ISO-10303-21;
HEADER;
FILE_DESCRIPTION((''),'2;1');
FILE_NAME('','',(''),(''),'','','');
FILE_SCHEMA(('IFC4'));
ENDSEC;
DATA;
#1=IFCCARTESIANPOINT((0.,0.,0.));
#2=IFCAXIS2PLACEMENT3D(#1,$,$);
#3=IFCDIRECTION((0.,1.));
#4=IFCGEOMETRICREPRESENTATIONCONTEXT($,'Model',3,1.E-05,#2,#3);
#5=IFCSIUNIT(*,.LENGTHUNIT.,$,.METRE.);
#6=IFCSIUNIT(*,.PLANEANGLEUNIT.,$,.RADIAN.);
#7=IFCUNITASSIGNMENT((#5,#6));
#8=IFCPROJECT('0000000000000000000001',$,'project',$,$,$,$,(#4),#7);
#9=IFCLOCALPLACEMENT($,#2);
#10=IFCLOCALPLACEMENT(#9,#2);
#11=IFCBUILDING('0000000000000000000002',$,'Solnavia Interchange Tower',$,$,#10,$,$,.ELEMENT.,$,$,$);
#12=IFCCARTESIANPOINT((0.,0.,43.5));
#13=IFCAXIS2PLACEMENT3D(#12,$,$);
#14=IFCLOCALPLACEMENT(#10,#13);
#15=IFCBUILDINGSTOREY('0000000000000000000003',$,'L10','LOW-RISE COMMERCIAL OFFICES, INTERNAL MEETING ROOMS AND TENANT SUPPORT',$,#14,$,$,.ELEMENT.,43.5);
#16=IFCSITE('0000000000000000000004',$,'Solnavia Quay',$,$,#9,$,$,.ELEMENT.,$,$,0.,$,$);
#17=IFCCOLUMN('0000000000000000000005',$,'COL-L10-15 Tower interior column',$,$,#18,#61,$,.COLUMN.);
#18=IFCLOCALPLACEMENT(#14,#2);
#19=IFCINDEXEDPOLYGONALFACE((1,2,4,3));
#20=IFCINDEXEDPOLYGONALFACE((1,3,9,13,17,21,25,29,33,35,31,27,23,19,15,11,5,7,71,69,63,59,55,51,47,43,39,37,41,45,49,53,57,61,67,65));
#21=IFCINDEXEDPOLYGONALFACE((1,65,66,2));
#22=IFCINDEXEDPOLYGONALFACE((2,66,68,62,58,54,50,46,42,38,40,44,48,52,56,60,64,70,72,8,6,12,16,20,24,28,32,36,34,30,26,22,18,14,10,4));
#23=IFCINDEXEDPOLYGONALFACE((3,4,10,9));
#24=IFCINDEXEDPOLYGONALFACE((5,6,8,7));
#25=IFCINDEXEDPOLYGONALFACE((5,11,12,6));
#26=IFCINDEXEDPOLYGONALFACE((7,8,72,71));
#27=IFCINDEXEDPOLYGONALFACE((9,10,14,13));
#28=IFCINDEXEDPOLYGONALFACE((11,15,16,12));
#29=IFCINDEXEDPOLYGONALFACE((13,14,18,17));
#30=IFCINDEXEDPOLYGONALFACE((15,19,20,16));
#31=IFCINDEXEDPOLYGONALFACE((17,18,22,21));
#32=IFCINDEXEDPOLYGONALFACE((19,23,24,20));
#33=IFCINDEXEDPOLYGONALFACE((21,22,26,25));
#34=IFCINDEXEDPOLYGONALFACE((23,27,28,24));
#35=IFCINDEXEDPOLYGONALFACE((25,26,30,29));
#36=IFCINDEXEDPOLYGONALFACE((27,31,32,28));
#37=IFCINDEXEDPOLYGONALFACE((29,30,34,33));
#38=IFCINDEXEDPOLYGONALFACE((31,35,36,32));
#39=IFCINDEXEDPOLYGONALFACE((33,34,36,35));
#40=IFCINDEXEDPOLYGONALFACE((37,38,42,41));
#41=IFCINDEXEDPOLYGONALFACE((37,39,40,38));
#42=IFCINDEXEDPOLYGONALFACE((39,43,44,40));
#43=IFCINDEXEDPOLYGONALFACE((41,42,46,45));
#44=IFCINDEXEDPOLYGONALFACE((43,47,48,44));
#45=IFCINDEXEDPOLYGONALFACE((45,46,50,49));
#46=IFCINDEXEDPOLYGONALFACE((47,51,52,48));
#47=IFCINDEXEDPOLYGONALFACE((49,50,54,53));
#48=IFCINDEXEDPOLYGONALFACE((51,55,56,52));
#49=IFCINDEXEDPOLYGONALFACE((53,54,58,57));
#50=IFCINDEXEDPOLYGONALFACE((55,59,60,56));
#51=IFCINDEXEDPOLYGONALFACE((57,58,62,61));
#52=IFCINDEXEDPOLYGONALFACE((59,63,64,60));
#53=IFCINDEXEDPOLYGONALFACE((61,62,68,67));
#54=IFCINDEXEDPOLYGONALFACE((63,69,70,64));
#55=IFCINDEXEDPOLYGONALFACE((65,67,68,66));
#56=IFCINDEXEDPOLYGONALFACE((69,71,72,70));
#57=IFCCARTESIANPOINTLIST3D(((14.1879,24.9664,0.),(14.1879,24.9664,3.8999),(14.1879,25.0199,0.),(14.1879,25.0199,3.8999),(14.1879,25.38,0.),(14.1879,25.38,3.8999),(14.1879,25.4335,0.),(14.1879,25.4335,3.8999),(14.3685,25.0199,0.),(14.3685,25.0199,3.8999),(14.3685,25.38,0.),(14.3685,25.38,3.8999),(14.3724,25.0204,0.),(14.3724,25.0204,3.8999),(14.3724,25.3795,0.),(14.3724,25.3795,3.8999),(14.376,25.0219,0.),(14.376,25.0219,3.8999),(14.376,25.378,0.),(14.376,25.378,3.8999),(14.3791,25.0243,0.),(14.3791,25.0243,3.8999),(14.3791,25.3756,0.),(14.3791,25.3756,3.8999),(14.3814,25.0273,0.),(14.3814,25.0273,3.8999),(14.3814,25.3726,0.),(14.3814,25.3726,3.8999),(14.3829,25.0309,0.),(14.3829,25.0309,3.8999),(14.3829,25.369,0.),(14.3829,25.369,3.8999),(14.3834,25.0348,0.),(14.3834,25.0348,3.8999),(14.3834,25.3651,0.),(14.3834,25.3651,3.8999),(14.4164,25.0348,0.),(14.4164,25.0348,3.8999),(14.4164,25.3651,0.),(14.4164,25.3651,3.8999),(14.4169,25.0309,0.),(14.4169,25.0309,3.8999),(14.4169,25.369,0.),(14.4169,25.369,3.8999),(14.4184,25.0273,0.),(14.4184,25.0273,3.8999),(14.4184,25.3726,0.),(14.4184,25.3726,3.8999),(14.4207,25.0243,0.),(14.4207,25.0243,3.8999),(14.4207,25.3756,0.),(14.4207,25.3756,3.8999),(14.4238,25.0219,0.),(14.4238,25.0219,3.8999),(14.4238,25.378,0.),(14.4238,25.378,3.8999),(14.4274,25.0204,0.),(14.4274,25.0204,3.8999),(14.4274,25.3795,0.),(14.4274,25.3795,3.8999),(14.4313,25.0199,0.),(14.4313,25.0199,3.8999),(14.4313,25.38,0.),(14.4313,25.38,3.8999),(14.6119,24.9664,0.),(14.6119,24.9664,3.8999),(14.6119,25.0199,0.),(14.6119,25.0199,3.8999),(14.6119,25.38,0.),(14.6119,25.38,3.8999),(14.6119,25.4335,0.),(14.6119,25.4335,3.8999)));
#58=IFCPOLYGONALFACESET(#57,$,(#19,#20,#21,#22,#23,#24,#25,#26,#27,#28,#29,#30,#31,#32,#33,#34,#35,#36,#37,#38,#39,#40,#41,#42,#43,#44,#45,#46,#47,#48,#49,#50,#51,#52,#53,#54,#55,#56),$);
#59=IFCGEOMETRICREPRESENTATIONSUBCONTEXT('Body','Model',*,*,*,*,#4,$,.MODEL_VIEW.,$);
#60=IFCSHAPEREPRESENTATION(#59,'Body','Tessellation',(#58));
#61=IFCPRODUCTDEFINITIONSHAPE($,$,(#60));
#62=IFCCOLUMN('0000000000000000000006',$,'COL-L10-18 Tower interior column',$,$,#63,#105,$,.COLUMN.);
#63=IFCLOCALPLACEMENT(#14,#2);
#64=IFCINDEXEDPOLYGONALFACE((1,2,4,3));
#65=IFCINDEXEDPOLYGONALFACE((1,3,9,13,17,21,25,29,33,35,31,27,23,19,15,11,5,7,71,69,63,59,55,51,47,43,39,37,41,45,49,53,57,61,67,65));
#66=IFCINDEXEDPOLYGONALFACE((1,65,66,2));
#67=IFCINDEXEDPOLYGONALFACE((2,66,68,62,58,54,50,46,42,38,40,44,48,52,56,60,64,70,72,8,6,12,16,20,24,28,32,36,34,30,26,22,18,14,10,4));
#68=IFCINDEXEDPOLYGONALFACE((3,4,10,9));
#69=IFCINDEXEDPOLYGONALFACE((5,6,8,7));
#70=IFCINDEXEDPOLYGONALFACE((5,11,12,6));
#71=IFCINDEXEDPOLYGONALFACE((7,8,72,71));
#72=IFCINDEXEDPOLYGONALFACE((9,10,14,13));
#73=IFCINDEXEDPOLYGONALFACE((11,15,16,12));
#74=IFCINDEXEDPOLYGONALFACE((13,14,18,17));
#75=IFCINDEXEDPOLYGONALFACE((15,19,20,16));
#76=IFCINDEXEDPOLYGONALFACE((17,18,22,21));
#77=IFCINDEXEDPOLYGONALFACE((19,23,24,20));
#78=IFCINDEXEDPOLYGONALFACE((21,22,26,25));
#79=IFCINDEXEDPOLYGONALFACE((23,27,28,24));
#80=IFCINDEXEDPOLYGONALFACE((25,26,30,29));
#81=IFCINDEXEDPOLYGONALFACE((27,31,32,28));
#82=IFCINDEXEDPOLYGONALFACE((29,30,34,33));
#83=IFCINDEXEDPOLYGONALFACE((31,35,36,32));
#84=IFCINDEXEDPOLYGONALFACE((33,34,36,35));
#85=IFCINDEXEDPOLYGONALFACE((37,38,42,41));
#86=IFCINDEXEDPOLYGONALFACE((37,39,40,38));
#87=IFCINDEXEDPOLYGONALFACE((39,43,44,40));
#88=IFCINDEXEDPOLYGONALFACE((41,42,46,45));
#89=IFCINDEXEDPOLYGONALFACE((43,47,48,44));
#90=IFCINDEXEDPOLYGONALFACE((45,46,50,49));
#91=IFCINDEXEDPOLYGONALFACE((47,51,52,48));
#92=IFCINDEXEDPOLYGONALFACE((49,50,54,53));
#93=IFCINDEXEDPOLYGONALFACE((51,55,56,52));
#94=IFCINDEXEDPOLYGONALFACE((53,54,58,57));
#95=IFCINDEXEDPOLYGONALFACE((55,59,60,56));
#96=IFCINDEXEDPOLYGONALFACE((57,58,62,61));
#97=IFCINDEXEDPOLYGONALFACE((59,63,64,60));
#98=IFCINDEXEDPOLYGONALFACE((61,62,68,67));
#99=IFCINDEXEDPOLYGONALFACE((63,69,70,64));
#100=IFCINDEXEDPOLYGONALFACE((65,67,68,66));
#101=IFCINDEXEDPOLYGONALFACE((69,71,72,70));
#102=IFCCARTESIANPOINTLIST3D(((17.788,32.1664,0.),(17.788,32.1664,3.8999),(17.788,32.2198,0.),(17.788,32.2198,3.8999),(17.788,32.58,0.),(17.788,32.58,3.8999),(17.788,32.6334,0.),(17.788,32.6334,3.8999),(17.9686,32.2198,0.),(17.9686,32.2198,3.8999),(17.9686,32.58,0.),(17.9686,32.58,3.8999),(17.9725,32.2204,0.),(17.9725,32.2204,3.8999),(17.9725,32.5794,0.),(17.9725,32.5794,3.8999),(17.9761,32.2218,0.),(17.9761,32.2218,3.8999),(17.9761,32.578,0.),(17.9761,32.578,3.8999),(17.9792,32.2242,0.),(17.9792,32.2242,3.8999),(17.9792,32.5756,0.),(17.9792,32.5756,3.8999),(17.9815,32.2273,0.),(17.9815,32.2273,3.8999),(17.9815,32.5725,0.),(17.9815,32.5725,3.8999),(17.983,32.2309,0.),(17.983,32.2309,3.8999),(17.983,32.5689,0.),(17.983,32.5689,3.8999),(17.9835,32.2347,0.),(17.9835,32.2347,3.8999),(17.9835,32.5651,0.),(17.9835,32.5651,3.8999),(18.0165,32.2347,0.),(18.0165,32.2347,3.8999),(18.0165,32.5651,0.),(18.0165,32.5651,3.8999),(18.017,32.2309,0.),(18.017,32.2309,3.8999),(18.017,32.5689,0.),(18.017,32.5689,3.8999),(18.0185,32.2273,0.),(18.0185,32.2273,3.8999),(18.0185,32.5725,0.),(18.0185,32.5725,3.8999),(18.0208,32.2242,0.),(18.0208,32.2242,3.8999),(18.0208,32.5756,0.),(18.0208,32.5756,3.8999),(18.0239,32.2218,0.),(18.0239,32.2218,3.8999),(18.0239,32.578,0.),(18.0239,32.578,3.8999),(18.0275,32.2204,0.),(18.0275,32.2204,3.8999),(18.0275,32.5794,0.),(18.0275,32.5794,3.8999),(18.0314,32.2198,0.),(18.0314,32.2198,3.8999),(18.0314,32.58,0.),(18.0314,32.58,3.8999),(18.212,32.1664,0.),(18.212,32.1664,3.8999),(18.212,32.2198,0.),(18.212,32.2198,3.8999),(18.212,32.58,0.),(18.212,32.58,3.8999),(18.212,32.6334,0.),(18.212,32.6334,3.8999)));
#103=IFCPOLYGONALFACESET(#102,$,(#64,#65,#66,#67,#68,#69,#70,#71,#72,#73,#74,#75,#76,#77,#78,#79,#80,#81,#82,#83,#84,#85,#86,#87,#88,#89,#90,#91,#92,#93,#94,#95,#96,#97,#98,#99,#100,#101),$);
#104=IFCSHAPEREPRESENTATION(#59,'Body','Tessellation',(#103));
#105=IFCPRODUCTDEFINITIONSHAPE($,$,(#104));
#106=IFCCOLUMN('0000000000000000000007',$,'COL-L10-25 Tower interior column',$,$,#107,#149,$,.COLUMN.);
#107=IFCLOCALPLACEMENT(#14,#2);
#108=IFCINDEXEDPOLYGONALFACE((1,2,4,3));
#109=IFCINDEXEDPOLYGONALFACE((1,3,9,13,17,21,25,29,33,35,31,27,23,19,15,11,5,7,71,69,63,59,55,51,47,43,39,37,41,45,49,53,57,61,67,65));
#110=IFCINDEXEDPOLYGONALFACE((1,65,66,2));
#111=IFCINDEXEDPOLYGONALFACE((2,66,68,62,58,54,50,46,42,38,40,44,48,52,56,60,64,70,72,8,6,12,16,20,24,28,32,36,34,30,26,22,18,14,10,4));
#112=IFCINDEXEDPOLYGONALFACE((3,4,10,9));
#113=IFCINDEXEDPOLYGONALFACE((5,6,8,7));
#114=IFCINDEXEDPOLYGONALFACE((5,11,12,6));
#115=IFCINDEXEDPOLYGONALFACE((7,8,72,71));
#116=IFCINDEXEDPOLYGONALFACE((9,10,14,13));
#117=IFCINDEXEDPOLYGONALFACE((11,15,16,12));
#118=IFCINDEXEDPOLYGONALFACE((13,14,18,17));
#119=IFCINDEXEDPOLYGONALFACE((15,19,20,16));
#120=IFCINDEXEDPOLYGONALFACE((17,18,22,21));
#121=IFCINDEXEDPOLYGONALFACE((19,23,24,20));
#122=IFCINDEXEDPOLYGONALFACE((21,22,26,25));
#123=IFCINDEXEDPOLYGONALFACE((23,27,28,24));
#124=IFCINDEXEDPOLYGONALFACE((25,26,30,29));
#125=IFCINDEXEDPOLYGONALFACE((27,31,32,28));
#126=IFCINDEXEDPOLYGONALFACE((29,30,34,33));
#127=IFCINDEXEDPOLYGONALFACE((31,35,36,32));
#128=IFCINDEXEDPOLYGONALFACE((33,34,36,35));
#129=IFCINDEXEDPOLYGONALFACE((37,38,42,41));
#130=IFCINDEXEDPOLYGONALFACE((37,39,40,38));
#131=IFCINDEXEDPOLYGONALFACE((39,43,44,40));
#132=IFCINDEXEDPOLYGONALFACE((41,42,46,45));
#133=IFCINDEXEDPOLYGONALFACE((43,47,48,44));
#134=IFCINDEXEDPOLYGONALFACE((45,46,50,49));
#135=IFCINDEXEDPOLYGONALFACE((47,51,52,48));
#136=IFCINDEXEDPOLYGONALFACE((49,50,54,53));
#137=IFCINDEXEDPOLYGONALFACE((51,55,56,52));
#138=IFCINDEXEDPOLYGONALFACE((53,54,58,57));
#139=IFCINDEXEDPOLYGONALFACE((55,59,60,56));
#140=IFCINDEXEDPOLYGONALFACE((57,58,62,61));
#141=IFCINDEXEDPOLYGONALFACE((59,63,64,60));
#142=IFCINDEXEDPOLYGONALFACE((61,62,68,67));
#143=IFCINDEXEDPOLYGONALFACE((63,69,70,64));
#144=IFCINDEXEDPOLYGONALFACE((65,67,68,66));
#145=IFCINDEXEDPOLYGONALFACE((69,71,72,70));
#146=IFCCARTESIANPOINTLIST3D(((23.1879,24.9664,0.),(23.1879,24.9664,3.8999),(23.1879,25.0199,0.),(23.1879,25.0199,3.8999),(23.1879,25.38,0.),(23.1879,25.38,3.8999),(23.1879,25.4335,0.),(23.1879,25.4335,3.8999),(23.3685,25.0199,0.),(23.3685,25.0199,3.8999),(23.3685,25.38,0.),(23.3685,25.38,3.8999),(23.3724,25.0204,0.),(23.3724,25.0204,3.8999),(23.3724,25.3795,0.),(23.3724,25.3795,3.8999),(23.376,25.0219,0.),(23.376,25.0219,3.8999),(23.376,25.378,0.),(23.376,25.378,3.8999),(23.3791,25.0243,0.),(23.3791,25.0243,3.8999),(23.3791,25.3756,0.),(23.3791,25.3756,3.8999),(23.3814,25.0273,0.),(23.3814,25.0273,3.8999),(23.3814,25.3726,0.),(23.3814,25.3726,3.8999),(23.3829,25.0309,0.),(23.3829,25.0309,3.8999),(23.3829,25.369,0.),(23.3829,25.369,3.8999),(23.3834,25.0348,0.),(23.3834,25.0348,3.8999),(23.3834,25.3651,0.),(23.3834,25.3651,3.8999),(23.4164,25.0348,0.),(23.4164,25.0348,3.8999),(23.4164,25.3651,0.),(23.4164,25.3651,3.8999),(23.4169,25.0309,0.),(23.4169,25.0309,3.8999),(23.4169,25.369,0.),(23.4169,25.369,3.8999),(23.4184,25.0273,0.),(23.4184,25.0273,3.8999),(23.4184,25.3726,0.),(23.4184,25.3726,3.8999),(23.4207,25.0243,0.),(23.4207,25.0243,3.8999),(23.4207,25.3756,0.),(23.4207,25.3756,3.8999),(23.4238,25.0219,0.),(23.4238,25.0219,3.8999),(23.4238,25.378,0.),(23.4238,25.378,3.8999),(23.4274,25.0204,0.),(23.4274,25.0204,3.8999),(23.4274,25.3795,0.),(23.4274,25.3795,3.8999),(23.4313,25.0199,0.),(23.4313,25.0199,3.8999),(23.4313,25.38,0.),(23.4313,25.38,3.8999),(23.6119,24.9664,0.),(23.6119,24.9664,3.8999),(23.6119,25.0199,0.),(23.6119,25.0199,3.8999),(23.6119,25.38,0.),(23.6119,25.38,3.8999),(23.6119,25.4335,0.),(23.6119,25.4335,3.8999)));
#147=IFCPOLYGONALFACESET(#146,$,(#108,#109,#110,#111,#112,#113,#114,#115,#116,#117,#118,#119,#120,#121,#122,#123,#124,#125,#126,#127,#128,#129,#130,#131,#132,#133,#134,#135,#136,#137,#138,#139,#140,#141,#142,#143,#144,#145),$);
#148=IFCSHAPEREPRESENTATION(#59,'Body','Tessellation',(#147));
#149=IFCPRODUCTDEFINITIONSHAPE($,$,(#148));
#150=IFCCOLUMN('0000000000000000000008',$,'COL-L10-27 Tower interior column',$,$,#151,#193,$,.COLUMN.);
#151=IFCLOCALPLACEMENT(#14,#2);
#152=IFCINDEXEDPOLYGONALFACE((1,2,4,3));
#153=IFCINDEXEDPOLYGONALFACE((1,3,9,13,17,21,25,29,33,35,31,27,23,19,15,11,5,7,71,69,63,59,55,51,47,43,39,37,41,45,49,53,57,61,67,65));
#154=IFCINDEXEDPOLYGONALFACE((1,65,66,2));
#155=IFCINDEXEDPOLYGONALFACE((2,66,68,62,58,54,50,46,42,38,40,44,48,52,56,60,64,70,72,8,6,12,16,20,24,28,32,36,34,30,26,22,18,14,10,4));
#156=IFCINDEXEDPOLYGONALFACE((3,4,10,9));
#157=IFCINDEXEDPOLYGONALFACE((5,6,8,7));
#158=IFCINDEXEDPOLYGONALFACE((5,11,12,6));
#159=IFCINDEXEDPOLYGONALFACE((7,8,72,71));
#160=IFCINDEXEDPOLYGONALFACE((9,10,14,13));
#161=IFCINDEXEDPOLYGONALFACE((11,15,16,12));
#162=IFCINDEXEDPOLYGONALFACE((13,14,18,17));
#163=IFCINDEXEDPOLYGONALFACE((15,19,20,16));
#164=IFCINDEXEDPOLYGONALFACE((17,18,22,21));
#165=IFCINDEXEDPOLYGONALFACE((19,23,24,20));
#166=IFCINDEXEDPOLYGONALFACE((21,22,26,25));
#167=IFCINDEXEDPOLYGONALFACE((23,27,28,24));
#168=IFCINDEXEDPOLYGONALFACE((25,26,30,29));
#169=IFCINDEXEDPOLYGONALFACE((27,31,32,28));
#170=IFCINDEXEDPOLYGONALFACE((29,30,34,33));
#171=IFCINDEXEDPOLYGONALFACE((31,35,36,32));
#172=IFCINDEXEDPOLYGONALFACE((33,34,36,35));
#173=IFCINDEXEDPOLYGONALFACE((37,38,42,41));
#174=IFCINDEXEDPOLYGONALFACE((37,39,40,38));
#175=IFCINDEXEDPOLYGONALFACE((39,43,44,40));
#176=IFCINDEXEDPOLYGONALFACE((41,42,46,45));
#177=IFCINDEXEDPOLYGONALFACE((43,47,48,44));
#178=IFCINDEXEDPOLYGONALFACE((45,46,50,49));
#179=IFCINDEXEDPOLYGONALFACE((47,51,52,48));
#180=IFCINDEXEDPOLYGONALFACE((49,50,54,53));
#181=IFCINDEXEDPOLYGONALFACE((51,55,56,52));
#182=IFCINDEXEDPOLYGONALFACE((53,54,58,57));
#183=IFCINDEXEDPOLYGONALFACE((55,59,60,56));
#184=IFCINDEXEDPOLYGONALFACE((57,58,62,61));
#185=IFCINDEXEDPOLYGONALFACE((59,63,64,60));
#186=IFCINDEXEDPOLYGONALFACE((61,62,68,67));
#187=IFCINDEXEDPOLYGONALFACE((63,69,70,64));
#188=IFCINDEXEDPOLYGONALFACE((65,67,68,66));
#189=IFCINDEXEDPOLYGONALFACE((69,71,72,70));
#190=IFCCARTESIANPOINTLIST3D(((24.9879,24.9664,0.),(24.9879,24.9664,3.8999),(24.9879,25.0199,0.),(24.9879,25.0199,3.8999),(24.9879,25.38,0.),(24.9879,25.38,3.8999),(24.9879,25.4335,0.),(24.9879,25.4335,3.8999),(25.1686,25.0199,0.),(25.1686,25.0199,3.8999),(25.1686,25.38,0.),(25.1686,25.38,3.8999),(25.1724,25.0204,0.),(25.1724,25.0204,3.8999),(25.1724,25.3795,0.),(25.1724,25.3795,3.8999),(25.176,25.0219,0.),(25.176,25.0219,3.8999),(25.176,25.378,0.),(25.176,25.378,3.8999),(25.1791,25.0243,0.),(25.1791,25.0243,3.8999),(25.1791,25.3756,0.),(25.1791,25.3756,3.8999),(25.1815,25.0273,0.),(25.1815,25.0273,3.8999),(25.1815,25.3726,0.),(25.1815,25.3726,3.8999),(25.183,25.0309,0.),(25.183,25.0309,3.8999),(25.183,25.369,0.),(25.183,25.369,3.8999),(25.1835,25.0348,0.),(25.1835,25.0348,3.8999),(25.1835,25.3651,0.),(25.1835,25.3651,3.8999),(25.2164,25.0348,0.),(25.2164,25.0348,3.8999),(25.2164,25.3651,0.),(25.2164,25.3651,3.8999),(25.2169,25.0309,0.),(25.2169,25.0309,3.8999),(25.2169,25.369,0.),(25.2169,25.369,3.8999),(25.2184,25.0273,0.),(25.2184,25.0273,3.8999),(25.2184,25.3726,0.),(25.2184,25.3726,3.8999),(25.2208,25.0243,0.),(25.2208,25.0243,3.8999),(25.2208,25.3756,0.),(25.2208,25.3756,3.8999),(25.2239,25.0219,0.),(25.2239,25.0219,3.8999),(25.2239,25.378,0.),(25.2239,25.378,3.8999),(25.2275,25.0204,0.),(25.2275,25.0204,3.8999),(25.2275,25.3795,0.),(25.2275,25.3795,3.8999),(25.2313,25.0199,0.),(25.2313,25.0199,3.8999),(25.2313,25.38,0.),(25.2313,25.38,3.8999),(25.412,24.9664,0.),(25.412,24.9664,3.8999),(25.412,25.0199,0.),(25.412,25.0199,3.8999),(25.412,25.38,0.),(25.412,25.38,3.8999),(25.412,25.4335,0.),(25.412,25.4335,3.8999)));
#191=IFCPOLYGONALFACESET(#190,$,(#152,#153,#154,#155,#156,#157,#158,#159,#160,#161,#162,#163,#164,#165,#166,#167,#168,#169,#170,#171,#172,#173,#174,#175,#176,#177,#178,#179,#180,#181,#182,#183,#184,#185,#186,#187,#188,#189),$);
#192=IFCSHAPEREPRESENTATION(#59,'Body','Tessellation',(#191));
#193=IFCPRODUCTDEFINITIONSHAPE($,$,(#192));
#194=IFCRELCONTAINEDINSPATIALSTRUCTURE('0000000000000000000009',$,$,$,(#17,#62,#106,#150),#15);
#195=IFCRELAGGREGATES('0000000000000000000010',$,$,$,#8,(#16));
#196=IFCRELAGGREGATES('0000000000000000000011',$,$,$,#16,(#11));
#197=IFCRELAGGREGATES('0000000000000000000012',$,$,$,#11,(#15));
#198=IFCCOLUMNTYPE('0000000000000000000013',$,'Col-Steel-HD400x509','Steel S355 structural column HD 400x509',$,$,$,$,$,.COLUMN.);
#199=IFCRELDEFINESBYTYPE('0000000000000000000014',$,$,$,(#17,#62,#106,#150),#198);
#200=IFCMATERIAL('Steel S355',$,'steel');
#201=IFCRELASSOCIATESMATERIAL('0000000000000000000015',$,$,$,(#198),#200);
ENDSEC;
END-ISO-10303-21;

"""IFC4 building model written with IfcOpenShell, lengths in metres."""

from ifc_helpers import new_model, si_unit, direction, frame, origin, origin_2d, place, context, subcontext, project, spatial, i_section, extrude, material, material_profile, profile_set, type_object, element, save


model = new_model("IFC4")

# Units and contexts
model_context = context("Model", 3, precision=1e-05, world=origin(), true_north=direction((0.0, 1.0)))
body_context = subcontext(model_context, "Body", "Model", "MODEL_VIEW")
ifc_project = project(units=[si_unit("LENGTHUNIT", "METRE"), si_unit("PLANEANGLEUNIT", "RADIAN")], contexts=[model_context])

# Site, building, storey
site_placement = place(None, origin())
site = spatial("IfcSite", under=ifc_project, at=site_placement, Name="Solnavia Quay", CompositionType="ELEMENT", RefElevation=0.0)
building_placement = place(site_placement, origin())
building = spatial("IfcBuilding", under=site, at=building_placement, Name="Solnavia Interchange Tower", CompositionType="ELEMENT")
storey_placement = place(building_placement, frame((0.0, 0.0, 43.5)))
storey = spatial("IfcBuildingStorey", under=building, at=storey_placement, Name="L10", Description="LOW-RISE COMMERCIAL OFFICES, INTERNAL MEETING ROOMS AND TENANT SUPPORT", CompositionType="ELEMENT", Elevation=43.5)

# Columns
ifc_material_1 = material(Name="Steel S355", Category="steel")
ifc_material_profile_1 = material_profile(ifc_material_1, i_section(OverallWidth=0.4241, OverallDepth=0.467, WebThickness=0.033, FlangeThickness=0.0535, FilletRadius=0.0149, at=origin_2d()), Name="HD 400x509")
ifc_profile_set_1 = profile_set([ifc_material_profile_1], Name="Steel S355")
column_type = type_object("IfcColumnType", Name="Col-Steel-HD400x509", Description="Steel S355 structural column HD 400x509", PredefinedType="COLUMN", material=ifc_profile_set_1)
for number, where, z_axis, x_axis, name in (
    (1, (14.3999, 25.2, 0.0), (0.0, 0.0, 1.0), (1.0, 0.0, 0.0), "COL-L10-15 Tower interior column"),
    (2, (18.0, 32.3999, 0.0), (0.0, 0.0, 1.0), (1.0, 0.0, 0.0), "COL-L10-18 Tower interior column"),
    (3, (23.3999, 25.2, 0.0), (0.0, 0.0, 1.0), (1.0, 0.0, 0.0), "COL-L10-25 Tower interior column"),
    (4, (25.2, 25.2, 0.0), (0.0, 0.0, 1.0), (1.0, 0.0, 0.0), "COL-L10-27 Tower interior column"),
):
    element("IfcColumn", number, at=place(storey_placement, frame(where, z_axis=z_axis, x_axis=x_axis)), inside=storey, type_object=column_type, Name=name, PredefinedType="COLUMN", context=body_context, shape_type="SweptSolid", body=[
        extrude(i_section(OverallWidth=0.4241, OverallDepth=0.467, WebThickness=0.033, FlangeThickness=0.0535, FilletRadius=0.0149, at=origin_2d()), origin(), (0.0, 0.0, 1.0), 3.8999),
    ])

save(model, "model.ifc")
